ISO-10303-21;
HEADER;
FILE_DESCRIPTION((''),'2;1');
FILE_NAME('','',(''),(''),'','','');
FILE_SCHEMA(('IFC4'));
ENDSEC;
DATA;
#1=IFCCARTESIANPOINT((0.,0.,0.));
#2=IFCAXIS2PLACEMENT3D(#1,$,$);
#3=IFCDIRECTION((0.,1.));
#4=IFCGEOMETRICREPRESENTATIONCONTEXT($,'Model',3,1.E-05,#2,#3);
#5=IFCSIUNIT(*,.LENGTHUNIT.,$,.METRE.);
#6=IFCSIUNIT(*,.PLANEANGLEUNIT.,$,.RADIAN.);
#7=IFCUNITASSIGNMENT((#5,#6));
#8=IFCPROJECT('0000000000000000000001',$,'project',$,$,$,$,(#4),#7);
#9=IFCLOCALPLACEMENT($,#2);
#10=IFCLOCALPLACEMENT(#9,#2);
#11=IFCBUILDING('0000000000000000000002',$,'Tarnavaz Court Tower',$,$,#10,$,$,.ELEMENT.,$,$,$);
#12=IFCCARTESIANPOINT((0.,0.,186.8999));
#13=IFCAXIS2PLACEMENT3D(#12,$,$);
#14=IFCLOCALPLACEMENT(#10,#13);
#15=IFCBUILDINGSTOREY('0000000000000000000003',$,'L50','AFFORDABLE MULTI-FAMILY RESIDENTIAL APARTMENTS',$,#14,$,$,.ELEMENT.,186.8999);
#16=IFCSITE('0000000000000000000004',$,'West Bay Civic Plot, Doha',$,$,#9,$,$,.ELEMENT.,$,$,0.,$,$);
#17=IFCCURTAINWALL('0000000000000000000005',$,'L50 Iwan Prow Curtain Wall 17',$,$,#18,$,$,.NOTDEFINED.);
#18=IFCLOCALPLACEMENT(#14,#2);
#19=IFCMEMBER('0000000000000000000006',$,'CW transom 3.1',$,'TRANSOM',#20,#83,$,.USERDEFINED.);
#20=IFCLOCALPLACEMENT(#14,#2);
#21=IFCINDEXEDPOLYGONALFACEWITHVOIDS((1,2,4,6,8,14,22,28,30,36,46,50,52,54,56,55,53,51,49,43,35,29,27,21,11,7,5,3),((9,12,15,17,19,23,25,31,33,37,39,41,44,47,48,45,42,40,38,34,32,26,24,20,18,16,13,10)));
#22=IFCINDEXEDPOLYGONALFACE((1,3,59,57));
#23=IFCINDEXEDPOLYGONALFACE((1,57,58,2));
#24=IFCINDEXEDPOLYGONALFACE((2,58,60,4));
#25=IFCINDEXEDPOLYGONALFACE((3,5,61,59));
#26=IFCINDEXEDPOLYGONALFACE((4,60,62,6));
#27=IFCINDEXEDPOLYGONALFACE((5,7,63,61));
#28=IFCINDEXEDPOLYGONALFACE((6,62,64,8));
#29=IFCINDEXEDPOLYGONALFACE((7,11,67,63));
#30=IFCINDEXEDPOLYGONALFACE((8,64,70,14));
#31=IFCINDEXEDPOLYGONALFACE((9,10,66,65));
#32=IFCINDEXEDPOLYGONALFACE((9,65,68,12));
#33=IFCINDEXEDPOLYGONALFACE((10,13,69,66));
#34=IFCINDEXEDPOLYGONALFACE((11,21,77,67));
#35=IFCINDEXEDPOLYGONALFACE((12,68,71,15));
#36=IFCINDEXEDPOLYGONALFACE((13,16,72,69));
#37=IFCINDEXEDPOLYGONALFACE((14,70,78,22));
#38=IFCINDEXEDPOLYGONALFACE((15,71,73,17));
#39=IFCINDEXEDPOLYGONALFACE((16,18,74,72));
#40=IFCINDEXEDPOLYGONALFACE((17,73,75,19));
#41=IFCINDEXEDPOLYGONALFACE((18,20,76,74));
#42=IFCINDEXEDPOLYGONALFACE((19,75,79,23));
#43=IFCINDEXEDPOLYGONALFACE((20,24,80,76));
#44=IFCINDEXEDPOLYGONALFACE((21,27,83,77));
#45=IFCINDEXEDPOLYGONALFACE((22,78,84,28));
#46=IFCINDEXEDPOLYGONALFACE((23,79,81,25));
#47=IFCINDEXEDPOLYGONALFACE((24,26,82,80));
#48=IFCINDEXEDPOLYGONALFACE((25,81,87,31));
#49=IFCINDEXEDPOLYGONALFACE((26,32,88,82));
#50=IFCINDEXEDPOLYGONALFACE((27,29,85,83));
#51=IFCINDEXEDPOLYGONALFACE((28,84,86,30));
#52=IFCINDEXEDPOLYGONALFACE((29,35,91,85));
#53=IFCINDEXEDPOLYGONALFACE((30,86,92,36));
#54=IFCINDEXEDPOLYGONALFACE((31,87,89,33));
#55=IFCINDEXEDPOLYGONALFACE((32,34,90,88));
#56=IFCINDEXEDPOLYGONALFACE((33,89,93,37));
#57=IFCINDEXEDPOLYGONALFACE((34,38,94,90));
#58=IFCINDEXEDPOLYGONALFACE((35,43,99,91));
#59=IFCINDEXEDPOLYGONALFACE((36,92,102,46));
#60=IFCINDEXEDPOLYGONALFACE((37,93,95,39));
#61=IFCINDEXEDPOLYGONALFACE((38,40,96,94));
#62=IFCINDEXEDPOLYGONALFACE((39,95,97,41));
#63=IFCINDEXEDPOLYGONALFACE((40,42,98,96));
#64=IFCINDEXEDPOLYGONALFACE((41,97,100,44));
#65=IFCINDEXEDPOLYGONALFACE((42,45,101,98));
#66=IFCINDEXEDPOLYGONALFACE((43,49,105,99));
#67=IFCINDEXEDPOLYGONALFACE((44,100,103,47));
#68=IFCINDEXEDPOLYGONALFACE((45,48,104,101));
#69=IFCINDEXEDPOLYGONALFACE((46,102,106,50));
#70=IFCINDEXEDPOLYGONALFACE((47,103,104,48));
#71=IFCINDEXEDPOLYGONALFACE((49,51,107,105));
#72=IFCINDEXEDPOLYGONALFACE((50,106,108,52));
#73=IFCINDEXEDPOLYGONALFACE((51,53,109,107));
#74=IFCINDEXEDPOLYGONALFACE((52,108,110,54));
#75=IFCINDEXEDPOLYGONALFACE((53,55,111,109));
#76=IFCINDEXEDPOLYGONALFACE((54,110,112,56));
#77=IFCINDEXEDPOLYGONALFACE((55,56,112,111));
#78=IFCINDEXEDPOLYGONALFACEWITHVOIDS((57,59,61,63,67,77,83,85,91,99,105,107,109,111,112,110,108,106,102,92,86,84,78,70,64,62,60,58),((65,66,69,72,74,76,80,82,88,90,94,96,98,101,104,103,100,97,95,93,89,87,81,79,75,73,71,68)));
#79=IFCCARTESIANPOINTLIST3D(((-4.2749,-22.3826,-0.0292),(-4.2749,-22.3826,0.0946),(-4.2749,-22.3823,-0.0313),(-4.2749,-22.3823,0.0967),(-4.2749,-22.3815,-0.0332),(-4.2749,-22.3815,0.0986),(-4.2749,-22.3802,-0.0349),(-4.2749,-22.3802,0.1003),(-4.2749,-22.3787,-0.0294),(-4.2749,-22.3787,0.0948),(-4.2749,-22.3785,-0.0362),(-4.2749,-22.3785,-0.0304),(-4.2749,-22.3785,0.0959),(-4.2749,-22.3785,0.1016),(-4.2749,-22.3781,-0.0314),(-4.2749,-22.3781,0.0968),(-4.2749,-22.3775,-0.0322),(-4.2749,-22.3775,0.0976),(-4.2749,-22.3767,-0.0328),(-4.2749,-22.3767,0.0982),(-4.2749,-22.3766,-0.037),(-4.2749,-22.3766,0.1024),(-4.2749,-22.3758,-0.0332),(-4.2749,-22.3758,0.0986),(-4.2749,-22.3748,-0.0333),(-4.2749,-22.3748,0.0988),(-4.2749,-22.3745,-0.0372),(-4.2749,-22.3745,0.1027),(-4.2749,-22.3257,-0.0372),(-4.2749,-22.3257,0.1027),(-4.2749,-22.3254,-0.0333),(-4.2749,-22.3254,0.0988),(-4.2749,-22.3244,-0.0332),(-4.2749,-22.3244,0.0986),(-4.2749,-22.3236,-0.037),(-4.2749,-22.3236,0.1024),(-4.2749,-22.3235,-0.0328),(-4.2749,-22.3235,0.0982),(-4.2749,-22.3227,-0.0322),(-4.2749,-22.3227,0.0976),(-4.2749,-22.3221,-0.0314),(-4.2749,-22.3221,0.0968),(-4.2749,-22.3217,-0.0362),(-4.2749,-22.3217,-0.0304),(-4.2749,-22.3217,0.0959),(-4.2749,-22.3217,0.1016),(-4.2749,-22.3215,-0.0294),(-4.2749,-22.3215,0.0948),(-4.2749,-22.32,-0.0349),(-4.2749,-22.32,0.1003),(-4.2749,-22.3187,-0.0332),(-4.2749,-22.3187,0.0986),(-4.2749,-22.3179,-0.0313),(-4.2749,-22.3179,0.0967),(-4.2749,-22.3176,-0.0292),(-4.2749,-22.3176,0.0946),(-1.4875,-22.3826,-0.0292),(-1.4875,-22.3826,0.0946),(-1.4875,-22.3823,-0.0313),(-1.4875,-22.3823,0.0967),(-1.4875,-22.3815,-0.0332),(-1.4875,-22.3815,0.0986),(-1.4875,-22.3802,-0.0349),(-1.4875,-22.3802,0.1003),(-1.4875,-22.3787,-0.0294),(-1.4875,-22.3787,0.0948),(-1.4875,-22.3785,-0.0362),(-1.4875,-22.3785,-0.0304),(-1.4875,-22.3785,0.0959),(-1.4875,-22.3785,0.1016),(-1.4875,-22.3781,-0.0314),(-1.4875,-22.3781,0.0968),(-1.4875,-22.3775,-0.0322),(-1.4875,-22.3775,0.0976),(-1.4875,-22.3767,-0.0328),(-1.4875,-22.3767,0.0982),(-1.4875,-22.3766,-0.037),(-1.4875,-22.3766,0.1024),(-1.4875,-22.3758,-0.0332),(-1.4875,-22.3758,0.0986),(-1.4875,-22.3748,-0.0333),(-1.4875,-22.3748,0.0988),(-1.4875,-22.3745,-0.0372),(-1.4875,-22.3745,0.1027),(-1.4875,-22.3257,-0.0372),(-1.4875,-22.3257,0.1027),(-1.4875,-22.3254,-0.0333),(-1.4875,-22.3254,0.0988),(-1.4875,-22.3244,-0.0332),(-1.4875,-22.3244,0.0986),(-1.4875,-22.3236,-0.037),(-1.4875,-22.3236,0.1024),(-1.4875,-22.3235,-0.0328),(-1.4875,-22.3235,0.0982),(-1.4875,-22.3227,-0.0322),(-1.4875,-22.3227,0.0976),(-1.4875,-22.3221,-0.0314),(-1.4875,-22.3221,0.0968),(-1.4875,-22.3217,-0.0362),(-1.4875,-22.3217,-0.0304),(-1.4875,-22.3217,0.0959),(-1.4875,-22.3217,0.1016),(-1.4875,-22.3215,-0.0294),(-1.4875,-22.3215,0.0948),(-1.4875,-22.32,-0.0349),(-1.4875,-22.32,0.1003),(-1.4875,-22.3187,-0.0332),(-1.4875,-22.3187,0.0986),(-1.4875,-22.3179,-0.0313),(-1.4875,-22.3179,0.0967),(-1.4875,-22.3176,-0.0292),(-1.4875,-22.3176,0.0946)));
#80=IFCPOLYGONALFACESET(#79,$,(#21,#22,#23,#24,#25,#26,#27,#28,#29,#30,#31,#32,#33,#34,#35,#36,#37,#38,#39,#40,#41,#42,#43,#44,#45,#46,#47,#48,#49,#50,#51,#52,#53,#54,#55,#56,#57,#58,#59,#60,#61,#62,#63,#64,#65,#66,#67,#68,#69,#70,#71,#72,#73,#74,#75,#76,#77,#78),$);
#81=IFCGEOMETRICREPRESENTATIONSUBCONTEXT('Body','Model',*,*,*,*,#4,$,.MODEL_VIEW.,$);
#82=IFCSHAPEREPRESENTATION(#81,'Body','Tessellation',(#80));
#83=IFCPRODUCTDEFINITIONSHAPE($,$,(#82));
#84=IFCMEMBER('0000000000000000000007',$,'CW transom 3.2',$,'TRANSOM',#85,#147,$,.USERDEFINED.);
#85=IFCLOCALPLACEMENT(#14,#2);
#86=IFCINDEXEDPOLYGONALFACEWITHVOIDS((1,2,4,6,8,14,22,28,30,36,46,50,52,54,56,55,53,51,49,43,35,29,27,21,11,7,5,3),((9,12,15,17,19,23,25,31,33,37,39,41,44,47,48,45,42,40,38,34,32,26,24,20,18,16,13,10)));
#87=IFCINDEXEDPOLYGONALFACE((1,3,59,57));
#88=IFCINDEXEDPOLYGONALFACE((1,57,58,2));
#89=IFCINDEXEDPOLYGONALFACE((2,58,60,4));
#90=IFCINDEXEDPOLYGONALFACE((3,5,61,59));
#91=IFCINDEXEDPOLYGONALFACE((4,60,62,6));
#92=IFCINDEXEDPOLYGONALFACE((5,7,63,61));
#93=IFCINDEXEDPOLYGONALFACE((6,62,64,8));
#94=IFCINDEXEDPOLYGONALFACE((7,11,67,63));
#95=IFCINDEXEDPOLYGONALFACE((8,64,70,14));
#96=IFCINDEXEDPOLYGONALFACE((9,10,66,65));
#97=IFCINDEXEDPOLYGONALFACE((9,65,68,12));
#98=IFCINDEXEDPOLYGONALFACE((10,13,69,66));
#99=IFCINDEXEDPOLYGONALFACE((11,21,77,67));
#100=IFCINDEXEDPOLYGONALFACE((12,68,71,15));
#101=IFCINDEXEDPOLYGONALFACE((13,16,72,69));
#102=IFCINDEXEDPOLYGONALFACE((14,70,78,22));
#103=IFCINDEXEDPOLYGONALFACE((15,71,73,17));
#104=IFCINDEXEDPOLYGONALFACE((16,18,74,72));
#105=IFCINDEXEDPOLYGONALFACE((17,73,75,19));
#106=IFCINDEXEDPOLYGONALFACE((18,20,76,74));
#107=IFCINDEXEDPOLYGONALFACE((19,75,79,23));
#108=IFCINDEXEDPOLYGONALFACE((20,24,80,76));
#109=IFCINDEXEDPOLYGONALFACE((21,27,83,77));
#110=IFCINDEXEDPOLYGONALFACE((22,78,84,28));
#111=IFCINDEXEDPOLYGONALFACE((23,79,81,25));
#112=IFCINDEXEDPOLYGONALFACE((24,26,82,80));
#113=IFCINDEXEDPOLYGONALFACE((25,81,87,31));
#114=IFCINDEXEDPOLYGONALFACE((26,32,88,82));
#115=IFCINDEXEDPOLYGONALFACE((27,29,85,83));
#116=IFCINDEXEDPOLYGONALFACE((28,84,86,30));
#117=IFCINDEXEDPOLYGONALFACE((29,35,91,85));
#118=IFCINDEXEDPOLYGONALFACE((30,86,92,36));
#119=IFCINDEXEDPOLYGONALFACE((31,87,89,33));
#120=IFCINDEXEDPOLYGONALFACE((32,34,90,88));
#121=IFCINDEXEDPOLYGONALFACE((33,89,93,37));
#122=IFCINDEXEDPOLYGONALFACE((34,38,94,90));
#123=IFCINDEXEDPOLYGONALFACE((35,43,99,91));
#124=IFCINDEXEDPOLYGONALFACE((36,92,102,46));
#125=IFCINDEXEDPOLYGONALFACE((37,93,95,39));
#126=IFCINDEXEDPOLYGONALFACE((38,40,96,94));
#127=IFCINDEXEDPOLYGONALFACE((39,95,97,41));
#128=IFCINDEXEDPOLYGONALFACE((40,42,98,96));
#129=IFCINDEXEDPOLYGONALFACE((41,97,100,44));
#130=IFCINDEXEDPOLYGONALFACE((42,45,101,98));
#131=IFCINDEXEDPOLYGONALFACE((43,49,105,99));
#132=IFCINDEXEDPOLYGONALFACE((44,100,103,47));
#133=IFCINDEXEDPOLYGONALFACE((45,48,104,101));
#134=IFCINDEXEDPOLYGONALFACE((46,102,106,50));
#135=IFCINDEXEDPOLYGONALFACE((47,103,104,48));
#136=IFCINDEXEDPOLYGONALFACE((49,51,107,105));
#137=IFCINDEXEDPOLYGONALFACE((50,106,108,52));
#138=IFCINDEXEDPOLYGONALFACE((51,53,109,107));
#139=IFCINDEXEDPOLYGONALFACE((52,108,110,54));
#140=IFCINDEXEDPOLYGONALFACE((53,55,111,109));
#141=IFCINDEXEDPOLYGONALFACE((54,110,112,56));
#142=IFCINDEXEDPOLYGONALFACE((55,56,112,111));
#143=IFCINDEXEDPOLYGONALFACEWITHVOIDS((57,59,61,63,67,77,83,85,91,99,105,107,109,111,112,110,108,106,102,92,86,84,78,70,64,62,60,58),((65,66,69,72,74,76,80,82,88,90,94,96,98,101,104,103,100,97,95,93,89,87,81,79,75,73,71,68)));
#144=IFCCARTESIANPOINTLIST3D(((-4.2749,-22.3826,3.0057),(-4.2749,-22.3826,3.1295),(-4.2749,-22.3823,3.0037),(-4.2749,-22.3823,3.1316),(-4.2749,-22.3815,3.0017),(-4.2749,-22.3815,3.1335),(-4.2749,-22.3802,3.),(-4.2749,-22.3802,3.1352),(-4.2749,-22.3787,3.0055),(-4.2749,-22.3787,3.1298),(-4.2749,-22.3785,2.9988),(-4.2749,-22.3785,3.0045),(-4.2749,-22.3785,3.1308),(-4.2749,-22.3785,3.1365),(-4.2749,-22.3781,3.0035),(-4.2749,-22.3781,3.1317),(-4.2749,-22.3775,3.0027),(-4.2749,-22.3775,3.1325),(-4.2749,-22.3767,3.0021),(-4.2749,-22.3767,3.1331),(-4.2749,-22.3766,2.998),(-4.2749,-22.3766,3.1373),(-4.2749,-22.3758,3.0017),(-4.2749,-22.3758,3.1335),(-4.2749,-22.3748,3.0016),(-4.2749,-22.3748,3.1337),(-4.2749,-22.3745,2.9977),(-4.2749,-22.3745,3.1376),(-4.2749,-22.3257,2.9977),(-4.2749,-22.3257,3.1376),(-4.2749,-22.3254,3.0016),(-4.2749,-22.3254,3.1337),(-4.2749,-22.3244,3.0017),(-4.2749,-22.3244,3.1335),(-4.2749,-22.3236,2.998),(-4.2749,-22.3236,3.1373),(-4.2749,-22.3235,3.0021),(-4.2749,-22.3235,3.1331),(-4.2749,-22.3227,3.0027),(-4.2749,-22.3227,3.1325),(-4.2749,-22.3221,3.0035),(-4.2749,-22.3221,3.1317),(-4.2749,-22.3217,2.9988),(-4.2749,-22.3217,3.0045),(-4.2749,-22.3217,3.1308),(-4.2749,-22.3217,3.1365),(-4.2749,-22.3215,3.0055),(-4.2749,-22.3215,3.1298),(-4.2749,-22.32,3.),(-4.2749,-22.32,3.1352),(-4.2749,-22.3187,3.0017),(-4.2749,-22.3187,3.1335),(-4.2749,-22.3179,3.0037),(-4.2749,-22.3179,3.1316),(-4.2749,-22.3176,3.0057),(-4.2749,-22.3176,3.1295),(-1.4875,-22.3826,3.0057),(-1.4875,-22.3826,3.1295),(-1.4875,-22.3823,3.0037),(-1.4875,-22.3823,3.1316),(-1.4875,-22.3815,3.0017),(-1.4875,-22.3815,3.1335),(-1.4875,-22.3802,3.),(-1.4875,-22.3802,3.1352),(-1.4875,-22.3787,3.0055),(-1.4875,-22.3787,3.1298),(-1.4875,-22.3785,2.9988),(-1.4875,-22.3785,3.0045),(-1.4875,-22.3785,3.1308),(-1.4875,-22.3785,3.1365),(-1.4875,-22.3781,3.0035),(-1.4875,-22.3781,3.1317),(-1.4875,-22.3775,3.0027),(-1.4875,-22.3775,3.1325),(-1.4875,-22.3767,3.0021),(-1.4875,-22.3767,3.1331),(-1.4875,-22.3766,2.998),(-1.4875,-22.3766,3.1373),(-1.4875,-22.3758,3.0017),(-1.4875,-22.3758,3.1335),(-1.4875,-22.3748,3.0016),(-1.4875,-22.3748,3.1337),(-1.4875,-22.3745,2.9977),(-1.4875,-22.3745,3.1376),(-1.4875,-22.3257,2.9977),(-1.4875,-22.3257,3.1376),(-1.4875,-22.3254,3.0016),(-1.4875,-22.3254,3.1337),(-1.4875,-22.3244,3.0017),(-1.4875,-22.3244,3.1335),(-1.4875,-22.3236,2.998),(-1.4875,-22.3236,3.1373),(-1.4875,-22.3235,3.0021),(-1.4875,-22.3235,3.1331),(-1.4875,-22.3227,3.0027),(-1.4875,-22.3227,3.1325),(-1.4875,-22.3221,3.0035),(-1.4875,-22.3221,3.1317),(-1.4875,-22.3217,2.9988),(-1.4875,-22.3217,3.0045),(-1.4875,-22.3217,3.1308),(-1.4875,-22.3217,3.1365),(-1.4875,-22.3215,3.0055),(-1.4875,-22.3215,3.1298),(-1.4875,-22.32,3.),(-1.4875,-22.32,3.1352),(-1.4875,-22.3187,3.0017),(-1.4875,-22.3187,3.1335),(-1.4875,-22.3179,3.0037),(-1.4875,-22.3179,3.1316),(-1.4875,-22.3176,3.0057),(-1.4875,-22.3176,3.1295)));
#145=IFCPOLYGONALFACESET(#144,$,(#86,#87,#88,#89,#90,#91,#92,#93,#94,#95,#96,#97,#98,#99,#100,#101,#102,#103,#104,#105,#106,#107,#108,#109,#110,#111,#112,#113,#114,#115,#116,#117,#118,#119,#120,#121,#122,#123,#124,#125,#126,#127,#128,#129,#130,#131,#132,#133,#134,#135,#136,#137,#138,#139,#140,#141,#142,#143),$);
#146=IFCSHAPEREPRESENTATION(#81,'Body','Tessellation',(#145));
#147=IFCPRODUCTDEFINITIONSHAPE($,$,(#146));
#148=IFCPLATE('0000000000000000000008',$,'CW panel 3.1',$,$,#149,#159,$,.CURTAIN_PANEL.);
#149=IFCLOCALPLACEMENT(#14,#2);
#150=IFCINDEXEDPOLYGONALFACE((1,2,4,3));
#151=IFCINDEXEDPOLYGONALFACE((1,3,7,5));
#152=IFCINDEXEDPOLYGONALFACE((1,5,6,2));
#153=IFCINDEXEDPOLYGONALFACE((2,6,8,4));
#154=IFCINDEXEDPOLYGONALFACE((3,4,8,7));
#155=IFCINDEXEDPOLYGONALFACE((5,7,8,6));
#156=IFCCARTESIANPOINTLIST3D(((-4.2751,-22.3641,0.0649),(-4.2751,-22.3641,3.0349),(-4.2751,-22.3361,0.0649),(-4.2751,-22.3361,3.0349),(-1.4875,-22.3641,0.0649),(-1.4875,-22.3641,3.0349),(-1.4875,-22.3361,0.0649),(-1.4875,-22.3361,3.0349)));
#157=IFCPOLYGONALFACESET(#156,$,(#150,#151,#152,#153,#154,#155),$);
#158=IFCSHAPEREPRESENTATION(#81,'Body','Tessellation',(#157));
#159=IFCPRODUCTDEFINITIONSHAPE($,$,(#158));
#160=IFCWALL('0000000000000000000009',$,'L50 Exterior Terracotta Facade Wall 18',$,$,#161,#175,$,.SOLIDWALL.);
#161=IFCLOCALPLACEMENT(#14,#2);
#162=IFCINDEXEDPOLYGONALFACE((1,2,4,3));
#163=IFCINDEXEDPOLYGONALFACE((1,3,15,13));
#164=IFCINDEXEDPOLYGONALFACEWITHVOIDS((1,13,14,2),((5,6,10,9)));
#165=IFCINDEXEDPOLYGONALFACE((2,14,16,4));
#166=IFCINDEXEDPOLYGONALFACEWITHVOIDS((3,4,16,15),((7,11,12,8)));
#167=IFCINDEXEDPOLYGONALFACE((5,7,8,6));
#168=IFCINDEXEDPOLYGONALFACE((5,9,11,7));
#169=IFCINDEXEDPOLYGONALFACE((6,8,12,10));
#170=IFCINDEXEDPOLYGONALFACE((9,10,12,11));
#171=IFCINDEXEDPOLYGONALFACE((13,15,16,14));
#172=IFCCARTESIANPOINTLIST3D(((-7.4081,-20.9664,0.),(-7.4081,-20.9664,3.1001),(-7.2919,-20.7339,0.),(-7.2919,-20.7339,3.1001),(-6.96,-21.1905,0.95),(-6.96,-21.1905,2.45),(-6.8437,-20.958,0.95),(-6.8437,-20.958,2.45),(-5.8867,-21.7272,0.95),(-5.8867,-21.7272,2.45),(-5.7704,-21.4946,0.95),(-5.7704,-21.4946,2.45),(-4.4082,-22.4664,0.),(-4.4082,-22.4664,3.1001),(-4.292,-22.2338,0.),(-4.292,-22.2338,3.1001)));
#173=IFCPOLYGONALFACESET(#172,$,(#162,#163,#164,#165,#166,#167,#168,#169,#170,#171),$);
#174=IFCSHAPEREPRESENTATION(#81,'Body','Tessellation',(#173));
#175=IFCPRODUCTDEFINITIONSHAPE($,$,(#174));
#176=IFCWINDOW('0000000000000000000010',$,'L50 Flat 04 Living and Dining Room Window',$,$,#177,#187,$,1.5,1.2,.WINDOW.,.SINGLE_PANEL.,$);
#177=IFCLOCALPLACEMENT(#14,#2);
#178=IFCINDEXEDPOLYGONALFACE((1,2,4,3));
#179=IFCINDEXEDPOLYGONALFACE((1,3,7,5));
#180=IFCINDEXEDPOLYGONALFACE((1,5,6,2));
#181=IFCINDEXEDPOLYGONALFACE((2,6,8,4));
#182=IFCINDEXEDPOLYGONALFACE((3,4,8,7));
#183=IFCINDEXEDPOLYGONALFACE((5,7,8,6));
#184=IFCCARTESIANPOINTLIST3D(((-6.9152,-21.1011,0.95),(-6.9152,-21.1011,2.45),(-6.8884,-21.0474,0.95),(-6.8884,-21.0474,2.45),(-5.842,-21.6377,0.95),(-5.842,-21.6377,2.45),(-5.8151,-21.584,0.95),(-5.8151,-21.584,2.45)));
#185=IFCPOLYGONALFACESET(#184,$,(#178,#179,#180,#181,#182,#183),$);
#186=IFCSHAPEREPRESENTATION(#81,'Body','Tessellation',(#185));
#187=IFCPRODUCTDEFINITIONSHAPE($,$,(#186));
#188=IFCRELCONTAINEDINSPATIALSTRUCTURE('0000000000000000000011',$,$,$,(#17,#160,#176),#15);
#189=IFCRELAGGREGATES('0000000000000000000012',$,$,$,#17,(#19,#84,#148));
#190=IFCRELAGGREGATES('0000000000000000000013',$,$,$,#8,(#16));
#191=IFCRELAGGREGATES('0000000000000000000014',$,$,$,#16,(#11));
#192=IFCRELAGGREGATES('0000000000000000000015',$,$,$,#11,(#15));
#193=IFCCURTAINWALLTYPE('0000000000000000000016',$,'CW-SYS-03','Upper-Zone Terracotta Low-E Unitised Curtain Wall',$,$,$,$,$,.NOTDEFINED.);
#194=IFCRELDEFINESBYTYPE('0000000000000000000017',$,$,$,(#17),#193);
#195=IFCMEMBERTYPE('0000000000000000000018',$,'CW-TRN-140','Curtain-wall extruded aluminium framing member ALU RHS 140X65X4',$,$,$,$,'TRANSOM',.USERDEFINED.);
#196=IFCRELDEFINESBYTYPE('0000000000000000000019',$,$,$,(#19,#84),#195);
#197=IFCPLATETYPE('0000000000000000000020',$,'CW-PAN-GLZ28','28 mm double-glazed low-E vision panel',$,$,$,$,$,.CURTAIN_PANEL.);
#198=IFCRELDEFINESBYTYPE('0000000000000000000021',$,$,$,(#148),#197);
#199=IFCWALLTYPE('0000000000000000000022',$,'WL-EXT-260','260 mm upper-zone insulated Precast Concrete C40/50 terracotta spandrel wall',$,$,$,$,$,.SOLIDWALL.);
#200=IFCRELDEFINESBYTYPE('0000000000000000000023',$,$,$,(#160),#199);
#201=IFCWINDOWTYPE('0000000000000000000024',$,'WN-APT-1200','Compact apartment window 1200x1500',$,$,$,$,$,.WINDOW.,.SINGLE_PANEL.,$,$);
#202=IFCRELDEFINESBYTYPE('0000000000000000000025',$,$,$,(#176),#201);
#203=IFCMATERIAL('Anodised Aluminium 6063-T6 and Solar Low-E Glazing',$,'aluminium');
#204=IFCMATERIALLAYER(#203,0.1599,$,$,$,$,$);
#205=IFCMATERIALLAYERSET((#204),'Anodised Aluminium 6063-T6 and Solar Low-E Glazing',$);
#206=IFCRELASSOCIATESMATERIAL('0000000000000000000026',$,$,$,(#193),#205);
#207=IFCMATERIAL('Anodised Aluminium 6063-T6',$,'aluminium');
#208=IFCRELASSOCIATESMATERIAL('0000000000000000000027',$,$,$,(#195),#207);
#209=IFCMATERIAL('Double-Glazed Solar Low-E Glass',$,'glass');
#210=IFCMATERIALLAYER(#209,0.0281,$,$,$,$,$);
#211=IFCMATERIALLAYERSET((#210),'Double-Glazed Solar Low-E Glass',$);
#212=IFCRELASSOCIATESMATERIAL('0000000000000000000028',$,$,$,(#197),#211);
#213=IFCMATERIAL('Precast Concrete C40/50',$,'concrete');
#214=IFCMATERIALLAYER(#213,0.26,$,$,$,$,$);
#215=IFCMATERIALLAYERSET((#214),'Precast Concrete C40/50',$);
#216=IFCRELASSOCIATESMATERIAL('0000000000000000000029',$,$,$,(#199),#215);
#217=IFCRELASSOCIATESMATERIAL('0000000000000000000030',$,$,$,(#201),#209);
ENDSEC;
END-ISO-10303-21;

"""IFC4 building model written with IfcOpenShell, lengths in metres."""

from ifc_helpers import new_model, si_unit, direction, frame, frame_2d, origin, origin_2d, place, context, subcontext, project, spatial, rectangle, hollow_rectangle, extrude, material, layer, layer_set, material_profile, profile_set, type_object, element, fill, aggregate, save


model = new_model("IFC4")

# Units and contexts
model_context = context("Model", 3, precision=1e-05, world=origin(), true_north=direction((0.0, 1.0)))
body_context = subcontext(model_context, "Body", "Model", "MODEL_VIEW")
ifc_project = project(units=[si_unit("LENGTHUNIT", "METRE"), si_unit("PLANEANGLEUNIT", "RADIAN")], contexts=[model_context])

# Site, building, storey
site_placement = place(None, origin())
site = spatial("IfcSite", under=ifc_project, at=site_placement, Name="West Bay Civic Plot, Doha", CompositionType="ELEMENT", RefElevation=0.0)
building_placement = place(site_placement, origin())
building = spatial("IfcBuilding", under=site, at=building_placement, Name="Tarnavaz Court Tower", CompositionType="ELEMENT")
storey_placement = place(building_placement, frame((0.0, 0.0, 186.8999)))
storey = spatial("IfcBuildingStorey", under=building, at=storey_placement, Name="L50", Description="AFFORDABLE MULTI-FAMILY RESIDENTIAL APARTMENTS", CompositionType="ELEMENT", Elevation=186.8999)

# Curtain wall, members, plate
ifc_material_1 = material(Name="Anodised Aluminium 6063-T6 and Solar Low-E Glazing", Category="aluminium")
ifc_layer_1 = layer(ifc_material_1, 0.1599)
ifc_layer_set_1 = layer_set([ifc_layer_1], Name="Anodised Aluminium 6063-T6 and Solar Low-E Glazing")
curtain_wall_type = type_object("IfcCurtainWallType", Name="CW-SYS-03", Description="Upper-Zone Terracotta Low-E Unitised Curtain Wall", PredefinedType="NOTDEFINED", material=ifc_layer_set_1)
curtain_wall_placement = place(storey_placement, origin())
curtain_wall = element("IfcCurtainWall", 1, at=curtain_wall_placement, inside=storey, type_object=curtain_wall_type, Name="L50 Iwan Prow Curtain Wall 17", PredefinedType="NOTDEFINED")
ifc_material_2 = material(Name="Anodised Aluminium 6063-T6", Category="aluminium")
ifc_material_profile_1 = material_profile(ifc_material_2, hollow_rectangle(XDim=0.0649, YDim=0.1399, WallThickness=0.0039, InnerFilletRadius=0.0039, OuterFilletRadius=0.0081, at=origin_2d()), Name="ALU RHS 140X65X4")
ifc_profile_set_1 = profile_set([ifc_material_profile_1], Name="Anodised Aluminium 6063-T6")
member_type_1 = type_object("IfcMemberType", Name="CW-TRN-140", Description="Curtain-wall extruded aluminium framing member ALU RHS 140X65X4", ElementType="TRANSOM", PredefinedType="USERDEFINED", material=ifc_profile_set_1)
member_1_placement = place(storey_placement, frame((-1.4875, -22.3501, 0.0327), z_axis=(-1.0, 0.0, 0.0), x_axis=(0.0, -1.0, 0.0)))
member_1 = element("IfcMember", 2, at=member_1_placement, type_object=member_type_1, Name="CW transom 3.1", ObjectType="TRANSOM", PredefinedType="USERDEFINED", context=body_context, shape_type="SweptSolid", body=[
    extrude(hollow_rectangle(XDim=0.0649, YDim=0.1399, WallThickness=0.0039, InnerFilletRadius=0.0039, OuterFilletRadius=0.0081, at=origin_2d()), origin(), (0.0, 0.0, 1.0), 2.7874),
])
member_2_placement = place(storey_placement, frame((-1.4875, -22.3501, 3.0676), z_axis=(-1.0, 0.0, 0.0), x_axis=(0.0, -1.0, 0.0)))
member_2 = element("IfcMember", 3, at=member_2_placement, type_object=member_type_1, Name="CW transom 3.2", ObjectType="TRANSOM", PredefinedType="USERDEFINED", context=body_context, shape_type="SweptSolid", body=[
    extrude(hollow_rectangle(XDim=0.0649, YDim=0.1399, WallThickness=0.0039, InnerFilletRadius=0.0039, OuterFilletRadius=0.0081, at=origin_2d()), origin(), (0.0, 0.0, 1.0), 2.7874),
])
ifc_material_3 = material(Name="Double-Glazed Solar Low-E Glass", Category="glass")
ifc_layer_2 = layer(ifc_material_3, 0.0281)
ifc_layer_set_2 = layer_set([ifc_layer_2], Name="Double-Glazed Solar Low-E Glass")
plate_type = type_object("IfcPlateType", Name="CW-PAN-GLZ28", Description="28 mm double-glazed low-E vision panel", PredefinedType="CURTAIN_PANEL", material=ifc_layer_set_2)
plate_placement = place(storey_placement, frame((-2.8813, -22.3501, 0.0649), z_axis=(0.0, 0.0, 1.0), x_axis=(-1.0, 0.0, 0.0)))
plate = element("IfcPlate", 4, at=plate_placement, type_object=plate_type, Name="CW panel 3.1", PredefinedType="CURTAIN_PANEL", context=body_context, shape_type="SweptSolid", body=[
    extrude(rectangle(XDim=2.7876, YDim=0.0281, at=origin_2d()), origin(), (0.0, 0.0, 1.0), 2.97),
])
aggregate(curtain_wall, [member_1, member_2, plate])

# Wall, opening, window
ifc_material_4 = material(Name="Precast Concrete C40/50", Category="concrete")
ifc_layer_3 = layer(ifc_material_4, 0.26)
ifc_layer_set_3 = layer_set([ifc_layer_3], Name="Precast Concrete C40/50")
wall_type_1 = type_object("IfcWallType", Name="WL-EXT-260", Description="260 mm upper-zone insulated Precast Concrete C40/50 terracotta spandrel wall", PredefinedType="SOLIDWALL", material=ifc_layer_set_3)
wall_1_placement = place(storey_placement, frame((-4.3501, -22.3501, 0.0), z_axis=(0.0, 0.0, 1.0), x_axis=(-0.894427, 0.447214, 0.0)))
wall_1 = element("IfcWall", 5, at=wall_1_placement, inside=storey, type_object=wall_type_1, Name="L50 Exterior Terracotta Facade Wall 18", PredefinedType="SOLIDWALL", context=body_context, shape_type="SweptSolid", body=[
    extrude(rectangle(XDim=3.354, YDim=0.26, at=frame_2d((1.677, 0.0))), origin(), (0.0, 0.0, 1.0), 3.1001),
])
opening_1_placement = place(wall_1_placement, frame((1.6528, 0.0, 0.95)))
opening_1 = element("IfcOpeningElement", 6, at=opening_1_placement, cuts=wall_1, PredefinedType="OPENING", context=body_context, shape_type="SweptSolid", body=[
    extrude(rectangle(XDim=1.2, YDim=1.5, at=frame_2d((0.6001, 0.75))), frame((0.0, 0.1399, 0.0), z_axis=(0.0, -1.0, 0.0), x_axis=(1.0, 0.0, 0.0)), (0.0, 0.0, 1.0), 0.28),
])
window_type_1 = type_object("IfcWindowType", Name="WN-APT-1200", Description="Compact apartment window 1200x1500", PartitioningType="SINGLE_PANEL", PredefinedType="WINDOW", material=ifc_material_3)
window_1_placement = place(opening_1_placement, origin())
window_1 = element("IfcWindow", 7, at=window_1_placement, inside=storey, type_object=window_type_1, Name="L50 Flat 04 Living and Dining Room Window", OverallHeight=1.5, OverallWidth=1.2, PartitioningType="SINGLE_PANEL", PredefinedType="WINDOW", context=body_context, shape_type="SweptSolid", body=[
    extrude(rectangle(XDim=1.2, YDim=1.5, at=frame_2d((0.6001, 0.75))), frame((0.0, 0.03, 0.0), z_axis=(0.0, -1.0, 0.0), x_axis=(1.0, 0.0, 0.0)), (0.0, 0.0, 1.0), 0.0601),
])
fill(opening_1, window_1)

save(model, "model.ifc")
